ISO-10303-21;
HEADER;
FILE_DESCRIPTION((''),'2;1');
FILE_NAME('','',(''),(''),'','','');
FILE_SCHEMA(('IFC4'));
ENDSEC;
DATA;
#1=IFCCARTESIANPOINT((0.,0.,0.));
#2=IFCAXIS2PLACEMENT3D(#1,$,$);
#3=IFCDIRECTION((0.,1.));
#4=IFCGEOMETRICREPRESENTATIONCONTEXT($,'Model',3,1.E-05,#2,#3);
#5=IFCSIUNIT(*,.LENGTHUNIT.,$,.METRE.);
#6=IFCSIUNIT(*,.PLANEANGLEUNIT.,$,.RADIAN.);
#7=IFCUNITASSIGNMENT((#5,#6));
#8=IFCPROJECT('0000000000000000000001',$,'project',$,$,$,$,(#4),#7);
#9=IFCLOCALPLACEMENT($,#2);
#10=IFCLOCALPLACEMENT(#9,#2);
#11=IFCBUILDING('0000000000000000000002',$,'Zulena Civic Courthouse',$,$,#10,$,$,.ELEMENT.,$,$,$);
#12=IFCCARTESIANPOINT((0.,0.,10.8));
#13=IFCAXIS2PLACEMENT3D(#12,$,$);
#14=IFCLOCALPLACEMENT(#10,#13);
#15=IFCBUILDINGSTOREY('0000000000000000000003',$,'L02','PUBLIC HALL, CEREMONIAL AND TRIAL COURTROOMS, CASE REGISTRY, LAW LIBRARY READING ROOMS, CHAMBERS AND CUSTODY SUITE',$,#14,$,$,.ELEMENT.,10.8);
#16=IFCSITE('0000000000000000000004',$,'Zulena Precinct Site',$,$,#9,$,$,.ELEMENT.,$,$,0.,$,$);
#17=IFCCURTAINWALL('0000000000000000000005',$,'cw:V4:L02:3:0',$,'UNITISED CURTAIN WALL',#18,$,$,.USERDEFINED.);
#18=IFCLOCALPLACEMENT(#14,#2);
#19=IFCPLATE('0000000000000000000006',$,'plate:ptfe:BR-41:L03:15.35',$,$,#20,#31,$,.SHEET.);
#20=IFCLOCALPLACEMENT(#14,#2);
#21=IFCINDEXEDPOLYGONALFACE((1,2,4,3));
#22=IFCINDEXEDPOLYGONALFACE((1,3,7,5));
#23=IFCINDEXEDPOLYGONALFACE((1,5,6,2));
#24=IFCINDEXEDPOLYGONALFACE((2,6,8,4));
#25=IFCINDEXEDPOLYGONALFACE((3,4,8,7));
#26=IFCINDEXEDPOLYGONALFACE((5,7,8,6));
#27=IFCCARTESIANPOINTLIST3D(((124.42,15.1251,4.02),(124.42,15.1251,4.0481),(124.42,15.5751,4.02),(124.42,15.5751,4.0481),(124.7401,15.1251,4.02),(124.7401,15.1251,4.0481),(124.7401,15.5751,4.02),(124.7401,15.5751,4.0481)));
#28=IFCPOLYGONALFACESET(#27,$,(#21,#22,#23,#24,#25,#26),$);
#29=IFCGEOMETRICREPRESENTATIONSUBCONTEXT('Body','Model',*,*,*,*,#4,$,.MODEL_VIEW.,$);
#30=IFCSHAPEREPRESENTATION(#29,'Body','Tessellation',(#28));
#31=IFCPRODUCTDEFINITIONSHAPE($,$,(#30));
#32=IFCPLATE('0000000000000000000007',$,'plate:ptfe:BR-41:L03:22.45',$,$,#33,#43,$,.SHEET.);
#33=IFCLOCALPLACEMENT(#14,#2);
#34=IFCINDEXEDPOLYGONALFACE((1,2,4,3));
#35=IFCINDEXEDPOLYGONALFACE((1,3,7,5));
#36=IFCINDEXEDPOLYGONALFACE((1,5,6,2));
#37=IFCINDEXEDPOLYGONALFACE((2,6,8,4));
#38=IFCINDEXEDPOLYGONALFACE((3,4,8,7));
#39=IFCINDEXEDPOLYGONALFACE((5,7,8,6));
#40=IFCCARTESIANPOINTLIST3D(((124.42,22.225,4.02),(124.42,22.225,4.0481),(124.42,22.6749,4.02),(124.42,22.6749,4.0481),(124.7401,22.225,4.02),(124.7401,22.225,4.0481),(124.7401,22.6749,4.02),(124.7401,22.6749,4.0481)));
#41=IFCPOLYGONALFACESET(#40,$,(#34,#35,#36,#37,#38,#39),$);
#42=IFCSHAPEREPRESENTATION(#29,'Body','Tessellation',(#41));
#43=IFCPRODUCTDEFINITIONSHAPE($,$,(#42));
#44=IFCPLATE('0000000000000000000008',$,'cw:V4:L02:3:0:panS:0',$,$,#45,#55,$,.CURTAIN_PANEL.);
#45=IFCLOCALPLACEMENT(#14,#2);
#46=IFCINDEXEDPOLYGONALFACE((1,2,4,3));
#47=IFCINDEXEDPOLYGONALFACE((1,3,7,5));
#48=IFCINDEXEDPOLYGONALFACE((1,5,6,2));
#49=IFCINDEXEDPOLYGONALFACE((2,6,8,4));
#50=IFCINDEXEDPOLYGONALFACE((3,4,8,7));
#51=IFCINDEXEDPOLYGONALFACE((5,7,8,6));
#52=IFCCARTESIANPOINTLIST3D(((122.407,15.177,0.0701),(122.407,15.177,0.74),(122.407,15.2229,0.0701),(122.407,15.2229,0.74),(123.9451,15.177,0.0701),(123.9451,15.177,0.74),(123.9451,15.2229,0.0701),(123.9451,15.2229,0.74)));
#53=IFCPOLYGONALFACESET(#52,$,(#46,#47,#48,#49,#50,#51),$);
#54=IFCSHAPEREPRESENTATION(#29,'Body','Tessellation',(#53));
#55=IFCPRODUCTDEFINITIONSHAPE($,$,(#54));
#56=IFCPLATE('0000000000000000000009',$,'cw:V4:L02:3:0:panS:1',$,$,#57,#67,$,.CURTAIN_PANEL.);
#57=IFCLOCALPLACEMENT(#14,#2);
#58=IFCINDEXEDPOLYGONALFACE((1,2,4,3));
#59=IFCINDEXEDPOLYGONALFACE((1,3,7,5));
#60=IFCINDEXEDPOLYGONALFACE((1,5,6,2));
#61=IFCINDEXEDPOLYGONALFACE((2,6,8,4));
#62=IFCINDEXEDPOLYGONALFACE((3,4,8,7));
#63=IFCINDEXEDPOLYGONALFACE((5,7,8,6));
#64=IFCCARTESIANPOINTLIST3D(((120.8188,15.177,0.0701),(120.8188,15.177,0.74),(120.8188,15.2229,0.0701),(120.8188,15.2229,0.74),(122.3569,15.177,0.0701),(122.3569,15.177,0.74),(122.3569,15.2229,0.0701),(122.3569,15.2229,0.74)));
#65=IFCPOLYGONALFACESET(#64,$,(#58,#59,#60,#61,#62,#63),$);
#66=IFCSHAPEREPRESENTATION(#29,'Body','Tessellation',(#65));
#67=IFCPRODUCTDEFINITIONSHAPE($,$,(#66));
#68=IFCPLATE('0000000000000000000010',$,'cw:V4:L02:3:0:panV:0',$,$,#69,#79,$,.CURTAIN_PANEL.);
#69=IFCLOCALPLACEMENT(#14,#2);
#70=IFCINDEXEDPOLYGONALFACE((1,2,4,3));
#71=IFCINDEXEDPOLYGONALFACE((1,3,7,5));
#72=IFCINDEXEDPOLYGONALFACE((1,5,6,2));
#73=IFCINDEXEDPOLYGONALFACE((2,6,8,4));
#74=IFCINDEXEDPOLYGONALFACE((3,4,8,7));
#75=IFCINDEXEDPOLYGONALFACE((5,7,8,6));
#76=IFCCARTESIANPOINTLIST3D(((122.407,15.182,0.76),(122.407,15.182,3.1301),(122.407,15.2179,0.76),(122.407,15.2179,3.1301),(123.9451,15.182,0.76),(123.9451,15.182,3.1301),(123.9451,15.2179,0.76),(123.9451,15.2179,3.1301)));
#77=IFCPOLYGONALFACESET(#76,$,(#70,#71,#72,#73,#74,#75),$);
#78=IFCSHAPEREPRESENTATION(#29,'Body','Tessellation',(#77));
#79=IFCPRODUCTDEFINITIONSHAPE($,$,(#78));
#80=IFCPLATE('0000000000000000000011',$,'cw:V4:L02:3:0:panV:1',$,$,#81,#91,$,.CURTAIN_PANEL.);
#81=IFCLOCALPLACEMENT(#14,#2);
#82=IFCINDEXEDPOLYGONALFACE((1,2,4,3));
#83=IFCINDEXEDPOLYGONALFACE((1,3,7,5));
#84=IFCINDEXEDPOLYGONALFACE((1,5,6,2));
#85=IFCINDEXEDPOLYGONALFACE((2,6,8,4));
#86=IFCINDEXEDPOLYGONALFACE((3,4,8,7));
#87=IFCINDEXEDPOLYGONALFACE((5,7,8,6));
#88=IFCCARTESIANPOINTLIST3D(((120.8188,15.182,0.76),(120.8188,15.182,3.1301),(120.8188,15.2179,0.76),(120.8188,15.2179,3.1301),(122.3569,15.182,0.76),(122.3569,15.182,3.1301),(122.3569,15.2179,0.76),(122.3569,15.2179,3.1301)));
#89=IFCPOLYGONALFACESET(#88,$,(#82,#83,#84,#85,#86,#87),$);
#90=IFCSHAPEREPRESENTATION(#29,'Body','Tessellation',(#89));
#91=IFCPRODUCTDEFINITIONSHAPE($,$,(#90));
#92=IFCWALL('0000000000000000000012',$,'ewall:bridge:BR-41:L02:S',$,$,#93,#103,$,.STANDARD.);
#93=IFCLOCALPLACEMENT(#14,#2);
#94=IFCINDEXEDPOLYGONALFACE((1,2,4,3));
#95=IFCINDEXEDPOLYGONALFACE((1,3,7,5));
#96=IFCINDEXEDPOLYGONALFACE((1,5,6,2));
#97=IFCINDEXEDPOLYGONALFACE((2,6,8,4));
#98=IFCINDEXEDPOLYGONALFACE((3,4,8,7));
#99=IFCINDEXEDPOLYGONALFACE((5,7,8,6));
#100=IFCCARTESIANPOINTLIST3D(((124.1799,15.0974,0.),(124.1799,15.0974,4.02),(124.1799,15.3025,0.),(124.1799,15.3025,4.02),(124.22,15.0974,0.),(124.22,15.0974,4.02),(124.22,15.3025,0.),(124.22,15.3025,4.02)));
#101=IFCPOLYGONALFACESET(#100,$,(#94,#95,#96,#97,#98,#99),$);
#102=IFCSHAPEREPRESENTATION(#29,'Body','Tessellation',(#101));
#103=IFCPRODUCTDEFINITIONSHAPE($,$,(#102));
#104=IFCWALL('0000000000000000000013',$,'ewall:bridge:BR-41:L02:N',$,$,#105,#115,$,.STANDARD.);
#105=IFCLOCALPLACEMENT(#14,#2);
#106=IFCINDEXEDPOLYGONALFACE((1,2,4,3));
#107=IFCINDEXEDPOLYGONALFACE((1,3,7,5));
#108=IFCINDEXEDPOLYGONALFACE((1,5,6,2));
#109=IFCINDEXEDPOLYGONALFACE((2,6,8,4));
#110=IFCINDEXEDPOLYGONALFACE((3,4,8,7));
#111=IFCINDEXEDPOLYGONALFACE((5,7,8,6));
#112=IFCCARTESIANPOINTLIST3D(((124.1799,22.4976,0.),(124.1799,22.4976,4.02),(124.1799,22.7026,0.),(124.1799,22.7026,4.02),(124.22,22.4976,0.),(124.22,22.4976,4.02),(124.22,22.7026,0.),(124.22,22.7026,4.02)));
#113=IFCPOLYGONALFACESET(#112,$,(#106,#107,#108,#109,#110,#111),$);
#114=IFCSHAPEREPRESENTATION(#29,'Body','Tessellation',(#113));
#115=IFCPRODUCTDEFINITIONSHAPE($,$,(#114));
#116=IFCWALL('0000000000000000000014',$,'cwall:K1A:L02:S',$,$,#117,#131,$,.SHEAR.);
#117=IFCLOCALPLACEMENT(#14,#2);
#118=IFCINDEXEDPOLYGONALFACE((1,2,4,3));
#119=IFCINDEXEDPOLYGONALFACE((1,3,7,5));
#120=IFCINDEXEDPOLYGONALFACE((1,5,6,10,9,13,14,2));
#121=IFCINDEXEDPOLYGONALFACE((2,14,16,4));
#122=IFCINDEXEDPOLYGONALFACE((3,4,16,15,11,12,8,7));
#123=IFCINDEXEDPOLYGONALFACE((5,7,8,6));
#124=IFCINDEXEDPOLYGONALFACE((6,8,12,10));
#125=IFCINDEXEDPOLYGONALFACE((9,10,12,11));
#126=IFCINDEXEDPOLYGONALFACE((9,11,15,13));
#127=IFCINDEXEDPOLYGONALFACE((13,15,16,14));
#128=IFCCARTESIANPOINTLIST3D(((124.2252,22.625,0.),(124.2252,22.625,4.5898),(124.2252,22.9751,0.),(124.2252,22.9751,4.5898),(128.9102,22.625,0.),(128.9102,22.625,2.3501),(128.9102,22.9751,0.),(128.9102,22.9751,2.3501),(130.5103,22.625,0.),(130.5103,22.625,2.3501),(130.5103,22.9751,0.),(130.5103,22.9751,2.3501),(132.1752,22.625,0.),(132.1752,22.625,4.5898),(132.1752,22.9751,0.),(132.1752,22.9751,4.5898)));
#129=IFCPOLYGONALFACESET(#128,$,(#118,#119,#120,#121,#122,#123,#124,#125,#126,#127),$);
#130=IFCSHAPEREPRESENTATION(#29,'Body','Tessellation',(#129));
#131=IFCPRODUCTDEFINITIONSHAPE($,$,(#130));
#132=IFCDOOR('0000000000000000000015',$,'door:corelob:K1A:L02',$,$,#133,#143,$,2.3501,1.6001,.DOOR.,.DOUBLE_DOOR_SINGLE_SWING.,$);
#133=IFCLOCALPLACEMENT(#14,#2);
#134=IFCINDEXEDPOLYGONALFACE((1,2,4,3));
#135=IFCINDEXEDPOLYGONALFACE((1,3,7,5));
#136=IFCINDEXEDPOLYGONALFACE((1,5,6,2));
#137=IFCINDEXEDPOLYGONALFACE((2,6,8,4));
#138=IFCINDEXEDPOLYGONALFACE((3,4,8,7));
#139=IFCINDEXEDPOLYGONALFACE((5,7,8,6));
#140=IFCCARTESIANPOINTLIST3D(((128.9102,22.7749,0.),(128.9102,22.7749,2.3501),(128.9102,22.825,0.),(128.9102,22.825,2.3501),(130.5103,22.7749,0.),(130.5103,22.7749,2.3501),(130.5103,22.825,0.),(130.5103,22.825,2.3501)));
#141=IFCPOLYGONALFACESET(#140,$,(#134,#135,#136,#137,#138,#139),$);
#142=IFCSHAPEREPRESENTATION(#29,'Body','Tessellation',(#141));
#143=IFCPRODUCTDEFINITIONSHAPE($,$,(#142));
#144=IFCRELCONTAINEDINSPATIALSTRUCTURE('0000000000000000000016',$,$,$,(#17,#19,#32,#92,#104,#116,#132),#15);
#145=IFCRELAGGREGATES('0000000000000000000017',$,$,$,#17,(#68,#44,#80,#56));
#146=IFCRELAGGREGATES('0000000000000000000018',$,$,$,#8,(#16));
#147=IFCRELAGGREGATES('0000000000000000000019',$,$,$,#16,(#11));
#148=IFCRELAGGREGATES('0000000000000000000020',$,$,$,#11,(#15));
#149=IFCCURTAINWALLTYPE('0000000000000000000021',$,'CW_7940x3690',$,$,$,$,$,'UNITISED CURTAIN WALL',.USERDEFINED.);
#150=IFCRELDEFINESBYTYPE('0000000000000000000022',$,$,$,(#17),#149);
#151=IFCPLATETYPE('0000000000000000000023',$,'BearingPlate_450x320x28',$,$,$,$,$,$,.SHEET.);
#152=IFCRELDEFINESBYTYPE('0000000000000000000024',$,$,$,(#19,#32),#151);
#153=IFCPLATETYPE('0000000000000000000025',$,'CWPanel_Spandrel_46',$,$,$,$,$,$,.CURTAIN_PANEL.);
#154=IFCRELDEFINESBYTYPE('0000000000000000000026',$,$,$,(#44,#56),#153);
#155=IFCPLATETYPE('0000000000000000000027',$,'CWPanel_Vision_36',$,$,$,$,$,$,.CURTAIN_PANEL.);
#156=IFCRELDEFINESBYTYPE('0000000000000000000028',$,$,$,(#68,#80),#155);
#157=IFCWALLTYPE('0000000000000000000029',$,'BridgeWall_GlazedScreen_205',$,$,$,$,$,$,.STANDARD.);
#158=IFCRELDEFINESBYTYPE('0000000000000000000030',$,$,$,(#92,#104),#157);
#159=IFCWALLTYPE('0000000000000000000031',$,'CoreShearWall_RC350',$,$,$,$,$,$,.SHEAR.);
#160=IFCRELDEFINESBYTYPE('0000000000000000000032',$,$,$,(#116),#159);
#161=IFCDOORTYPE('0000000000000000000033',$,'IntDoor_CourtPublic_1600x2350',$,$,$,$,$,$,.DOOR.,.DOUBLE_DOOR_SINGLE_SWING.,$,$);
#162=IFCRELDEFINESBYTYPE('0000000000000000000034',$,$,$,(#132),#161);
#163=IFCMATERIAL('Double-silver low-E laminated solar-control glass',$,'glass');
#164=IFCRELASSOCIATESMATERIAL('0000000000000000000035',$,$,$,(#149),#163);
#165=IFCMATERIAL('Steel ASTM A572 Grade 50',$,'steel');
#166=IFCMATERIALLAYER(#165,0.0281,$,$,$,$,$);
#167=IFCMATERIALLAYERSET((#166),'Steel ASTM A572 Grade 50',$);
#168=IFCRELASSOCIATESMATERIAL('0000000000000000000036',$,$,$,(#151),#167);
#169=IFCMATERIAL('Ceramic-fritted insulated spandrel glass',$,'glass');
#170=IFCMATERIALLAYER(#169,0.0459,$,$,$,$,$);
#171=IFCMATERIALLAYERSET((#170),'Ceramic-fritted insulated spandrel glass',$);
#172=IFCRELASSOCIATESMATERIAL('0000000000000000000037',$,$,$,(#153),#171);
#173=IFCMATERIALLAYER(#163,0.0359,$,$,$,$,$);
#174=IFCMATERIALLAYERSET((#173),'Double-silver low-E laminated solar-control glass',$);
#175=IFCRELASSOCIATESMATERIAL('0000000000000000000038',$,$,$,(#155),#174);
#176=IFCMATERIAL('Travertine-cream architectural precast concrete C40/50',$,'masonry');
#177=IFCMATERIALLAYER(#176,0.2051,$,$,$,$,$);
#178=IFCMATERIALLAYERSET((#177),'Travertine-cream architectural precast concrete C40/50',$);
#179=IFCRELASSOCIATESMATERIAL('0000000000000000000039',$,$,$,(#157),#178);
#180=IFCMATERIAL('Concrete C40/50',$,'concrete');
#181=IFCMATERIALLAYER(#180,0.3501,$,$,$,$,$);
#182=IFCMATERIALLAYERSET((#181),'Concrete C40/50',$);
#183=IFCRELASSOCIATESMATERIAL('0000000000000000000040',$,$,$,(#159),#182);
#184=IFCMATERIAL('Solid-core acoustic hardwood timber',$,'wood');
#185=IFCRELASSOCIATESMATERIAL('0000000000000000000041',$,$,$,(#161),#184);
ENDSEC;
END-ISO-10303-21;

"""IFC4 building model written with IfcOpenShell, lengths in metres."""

from ifc_helpers import new_model, si_unit, direction, frame, frame_2d, origin, origin_2d, place, context, subcontext, project, spatial, rectangle, extrude, material, layer, layer_set, type_object, element, fill, aggregate, save


model = new_model("IFC4")

# Units and contexts
model_context = context("Model", 3, precision=1e-05, world=origin(), true_north=direction((0.0, 1.0)))
body_context = subcontext(model_context, "Body", "Model", "MODEL_VIEW")
ifc_project = project(units=[si_unit("LENGTHUNIT", "METRE"), si_unit("PLANEANGLEUNIT", "RADIAN")], contexts=[model_context])

# Site, building, storey
site_placement = place(None, origin())
site = spatial("IfcSite", under=ifc_project, at=site_placement, Name="Zulena Precinct Site", CompositionType="ELEMENT", RefElevation=0.0)
building_placement = place(site_placement, origin())
building = spatial("IfcBuilding", under=site, at=building_placement, Name="Zulena Civic Courthouse", CompositionType="ELEMENT")
storey_placement = place(building_placement, frame((0.0, 0.0, 10.8)))
storey = spatial("IfcBuildingStorey", under=building, at=storey_placement, Name="L02", Description="PUBLIC HALL, CEREMONIAL AND TRIAL COURTROOMS, CASE REGISTRY, LAW LIBRARY READING ROOMS, CHAMBERS AND CUSTODY SUITE", CompositionType="ELEMENT", Elevation=10.8)

# Curtain wall
ifc_material_1 = material(Name="Double-silver low-E laminated solar-control glass", Category="glass")
curtain_wall_type = type_object("IfcCurtainWallType", Name="CW_7940x3690", ElementType="UNITISED CURTAIN WALL", PredefinedType="USERDEFINED", material=ifc_material_1)
curtain_wall_placement = place(storey_placement, origin())
curtain_wall = element("IfcCurtainWall", 1, at=curtain_wall_placement, inside=storey, type_object=curtain_wall_type, Name="cw:V4:L02:3:0", ObjectType="UNITISED CURTAIN WALL", PredefinedType="USERDEFINED")

# Plates
ifc_material_2 = material(Name="Steel ASTM A572 Grade 50", Category="steel")
ifc_layer_1 = layer(ifc_material_2, 0.0281)
ifc_layer_set_1 = layer_set([ifc_layer_1], Name="Steel ASTM A572 Grade 50")
plate_type_1 = type_object("IfcPlateType", Name="BearingPlate_450x320x28", PredefinedType="SHEET", material=ifc_layer_set_1)
for number, where, z_axis, x_axis, name in (
    (2, (124.5801, 15.3501, 4.02), (0.0, 0.0, 1.0), (1.0, 0.0, 0.0), "plate:ptfe:BR-41:L03:15.35"),
    (3, (124.5801, 22.45, 4.02), (0.0, 0.0, 1.0), (1.0, 0.0, 0.0), "plate:ptfe:BR-41:L03:22.45"),
):
    element("IfcPlate", number, at=place(storey_placement, frame(where, z_axis=z_axis, x_axis=x_axis)), inside=storey, type_object=plate_type_1, Name=name, PredefinedType="SHEET", context=body_context, shape_type="SweptSolid", body=[
        extrude(rectangle(XDim=0.3201, YDim=0.45, at=origin_2d()), origin(), (0.0, 0.0, 1.0), 0.0281),
    ])

# Plates
ifc_material_3 = material(Name="Ceramic-fritted insulated spandrel glass", Category="glass")
ifc_layer_2 = layer(ifc_material_3, 0.0459)
ifc_layer_set_2 = layer_set([ifc_layer_2], Name="Ceramic-fritted insulated spandrel glass")
plate_type_2 = type_object("IfcPlateType", Name="CWPanel_Spandrel_46", PredefinedType="CURTAIN_PANEL", material=ifc_layer_set_2)
plate_1_placement = place(storey_placement, frame((123.176, 15.2, 0.0701), z_axis=(0.0, 0.0, 1.0), x_axis=(-1.0, 0.0, 0.0)))
plate_1 = element("IfcPlate", 4, at=plate_1_placement, type_object=plate_type_2, Name="cw:V4:L02:3:0:panS:0", PredefinedType="CURTAIN_PANEL", context=body_context, shape_type="SweptSolid", body=[
    extrude(rectangle(XDim=1.5381, YDim=0.0459, at=origin_2d()), origin(), (0.0, 0.0, 1.0), 0.6699),
])
plate_2_placement = place(storey_placement, frame((121.5879, 15.2, 0.0701), z_axis=(0.0, 0.0, 1.0), x_axis=(-1.0, 0.0, 0.0)))
plate_2 = element("IfcPlate", 5, at=plate_2_placement, type_object=plate_type_2, Name="cw:V4:L02:3:0:panS:1", PredefinedType="CURTAIN_PANEL", context=body_context, shape_type="SweptSolid", body=[
    extrude(rectangle(XDim=1.5381, YDim=0.0459, at=origin_2d()), origin(), (0.0, 0.0, 1.0), 0.6699),
])
ifc_layer_3 = layer(ifc_material_1, 0.0359)
ifc_layer_set_3 = layer_set([ifc_layer_3], Name="Double-silver low-E laminated solar-control glass")
plate_type_3 = type_object("IfcPlateType", Name="CWPanel_Vision_36", PredefinedType="CURTAIN_PANEL", material=ifc_layer_set_3)
plate_3_placement = place(storey_placement, frame((123.176, 15.2, 0.76), z_axis=(0.0, 0.0, 1.0), x_axis=(-1.0, 0.0, 0.0)))
plate_3 = element("IfcPlate", 6, at=plate_3_placement, type_object=plate_type_3, Name="cw:V4:L02:3:0:panV:0", PredefinedType="CURTAIN_PANEL", context=body_context, shape_type="SweptSolid", body=[
    extrude(rectangle(XDim=1.5381, YDim=0.0359, at=origin_2d()), origin(), (0.0, 0.0, 1.0), 2.3701),
])
plate_4_placement = place(storey_placement, frame((121.5879, 15.2, 0.76), z_axis=(0.0, 0.0, 1.0), x_axis=(-1.0, 0.0, 0.0)))
plate_4 = element("IfcPlate", 7, at=plate_4_placement, type_object=plate_type_3, Name="cw:V4:L02:3:0:panV:1", PredefinedType="CURTAIN_PANEL", context=body_context, shape_type="SweptSolid", body=[
    extrude(rectangle(XDim=1.5381, YDim=0.0359, at=origin_2d()), origin(), (0.0, 0.0, 1.0), 2.3701),
])
aggregate(curtain_wall, [plate_3, plate_1, plate_4, plate_2])

# Walls
ifc_material_4 = material(Name="Travertine-cream architectural precast concrete C40/50", Category="masonry")
ifc_layer_4 = layer(ifc_material_4, 0.2051)
ifc_layer_set_4 = layer_set([ifc_layer_4], Name="Travertine-cream architectural precast concrete C40/50")
wall_type_1 = type_object("IfcWallType", Name="BridgeWall_GlazedScreen_205", PredefinedType="STANDARD", material=ifc_layer_set_4)
for number, where, z_axis, x_axis, name in (
    (8, (124.22, 15.2, 0.0), (0.0, 0.0, 1.0), (-1.0, 0.0, 0.0), "ewall:bridge:BR-41:L02:S"),
    (9, (124.1799, 22.6001, 0.0), (0.0, 0.0, 1.0), (1.0, 0.0, 0.0), "ewall:bridge:BR-41:L02:N"),
):
    element("IfcWall", number, at=place(storey_placement, frame(where, z_axis=z_axis, x_axis=x_axis)), inside=storey, type_object=wall_type_1, Name=name, PredefinedType="STANDARD", context=body_context, shape_type="SweptSolid", body=[
        extrude(rectangle(XDim=0.04, YDim=0.2051, at=frame_2d((0.02, 0.0))), origin(), (0.0, 0.0, 1.0), 4.02),
    ])

# Wall, opening, door
ifc_material_5 = material(Name="Concrete C40/50", Category="concrete")
ifc_layer_5 = layer(ifc_material_5, 0.3501)
ifc_layer_set_5 = layer_set([ifc_layer_5], Name="Concrete C40/50")
wall_type_2 = type_object("IfcWallType", Name="CoreShearWall_RC350", PredefinedType="SHEAR", material=ifc_layer_set_5)
wall_placement = place(storey_placement, frame((124.2251, 22.8, 0.0), z_axis=(0.0, 0.0, 1.0), x_axis=(1.0, 0.0, 0.0)))
wall = element("IfcWall", 10, at=wall_placement, inside=storey, type_object=wall_type_2, Name="cwall:K1A:L02:S", PredefinedType="SHEAR", context=body_context, shape_type="SweptSolid", body=[
    extrude(rectangle(XDim=7.95, YDim=0.3501, at=frame_2d((3.9751, 0.0))), origin(), (0.0, 0.0, 1.0), 4.5898),
])
opening_placement = place(wall_placement, frame((4.6851, 0.0, 0.0)))
opening = element("IfcOpeningElement", 11, at=opening_placement, cuts=wall, PredefinedType="OPENING", context=body_context, shape_type="SweptSolid", body=[
    extrude(rectangle(XDim=1.6001, YDim=2.3501, at=frame_2d((0.8, 1.175))), frame((0.0, 0.1851, 0.0), z_axis=(0.0, -1.0, 0.0), x_axis=(1.0, 0.0, 0.0)), (0.0, 0.0, 1.0), 0.3701),
])
ifc_material_6 = material(Name="Solid-core acoustic hardwood timber", Category="wood")
door_type = type_object("IfcDoorType", Name="IntDoor_CourtPublic_1600x2350", OperationType="DOUBLE_DOOR_SINGLE_SWING", PredefinedType="DOOR", material=ifc_material_6)
door_placement = place(opening_placement, origin())
door = element("IfcDoor", 12, at=door_placement, inside=storey, type_object=door_type, Name="door:corelob:K1A:L02", OperationType="DOUBLE_DOOR_SINGLE_SWING", OverallHeight=2.3501, OverallWidth=1.6001, PredefinedType="DOOR", context=body_context, shape_type="SweptSolid", body=[
    extrude(rectangle(XDim=1.6001, YDim=2.3501, at=frame_2d((0.8, 1.175))), frame((0.0, 0.0249, 0.0), z_axis=(0.0, -1.0, 0.0), x_axis=(1.0, 0.0, 0.0)), (0.0, 0.0, 1.0), 0.05),
])
fill(opening, door)

save(model, "model.ifc")
